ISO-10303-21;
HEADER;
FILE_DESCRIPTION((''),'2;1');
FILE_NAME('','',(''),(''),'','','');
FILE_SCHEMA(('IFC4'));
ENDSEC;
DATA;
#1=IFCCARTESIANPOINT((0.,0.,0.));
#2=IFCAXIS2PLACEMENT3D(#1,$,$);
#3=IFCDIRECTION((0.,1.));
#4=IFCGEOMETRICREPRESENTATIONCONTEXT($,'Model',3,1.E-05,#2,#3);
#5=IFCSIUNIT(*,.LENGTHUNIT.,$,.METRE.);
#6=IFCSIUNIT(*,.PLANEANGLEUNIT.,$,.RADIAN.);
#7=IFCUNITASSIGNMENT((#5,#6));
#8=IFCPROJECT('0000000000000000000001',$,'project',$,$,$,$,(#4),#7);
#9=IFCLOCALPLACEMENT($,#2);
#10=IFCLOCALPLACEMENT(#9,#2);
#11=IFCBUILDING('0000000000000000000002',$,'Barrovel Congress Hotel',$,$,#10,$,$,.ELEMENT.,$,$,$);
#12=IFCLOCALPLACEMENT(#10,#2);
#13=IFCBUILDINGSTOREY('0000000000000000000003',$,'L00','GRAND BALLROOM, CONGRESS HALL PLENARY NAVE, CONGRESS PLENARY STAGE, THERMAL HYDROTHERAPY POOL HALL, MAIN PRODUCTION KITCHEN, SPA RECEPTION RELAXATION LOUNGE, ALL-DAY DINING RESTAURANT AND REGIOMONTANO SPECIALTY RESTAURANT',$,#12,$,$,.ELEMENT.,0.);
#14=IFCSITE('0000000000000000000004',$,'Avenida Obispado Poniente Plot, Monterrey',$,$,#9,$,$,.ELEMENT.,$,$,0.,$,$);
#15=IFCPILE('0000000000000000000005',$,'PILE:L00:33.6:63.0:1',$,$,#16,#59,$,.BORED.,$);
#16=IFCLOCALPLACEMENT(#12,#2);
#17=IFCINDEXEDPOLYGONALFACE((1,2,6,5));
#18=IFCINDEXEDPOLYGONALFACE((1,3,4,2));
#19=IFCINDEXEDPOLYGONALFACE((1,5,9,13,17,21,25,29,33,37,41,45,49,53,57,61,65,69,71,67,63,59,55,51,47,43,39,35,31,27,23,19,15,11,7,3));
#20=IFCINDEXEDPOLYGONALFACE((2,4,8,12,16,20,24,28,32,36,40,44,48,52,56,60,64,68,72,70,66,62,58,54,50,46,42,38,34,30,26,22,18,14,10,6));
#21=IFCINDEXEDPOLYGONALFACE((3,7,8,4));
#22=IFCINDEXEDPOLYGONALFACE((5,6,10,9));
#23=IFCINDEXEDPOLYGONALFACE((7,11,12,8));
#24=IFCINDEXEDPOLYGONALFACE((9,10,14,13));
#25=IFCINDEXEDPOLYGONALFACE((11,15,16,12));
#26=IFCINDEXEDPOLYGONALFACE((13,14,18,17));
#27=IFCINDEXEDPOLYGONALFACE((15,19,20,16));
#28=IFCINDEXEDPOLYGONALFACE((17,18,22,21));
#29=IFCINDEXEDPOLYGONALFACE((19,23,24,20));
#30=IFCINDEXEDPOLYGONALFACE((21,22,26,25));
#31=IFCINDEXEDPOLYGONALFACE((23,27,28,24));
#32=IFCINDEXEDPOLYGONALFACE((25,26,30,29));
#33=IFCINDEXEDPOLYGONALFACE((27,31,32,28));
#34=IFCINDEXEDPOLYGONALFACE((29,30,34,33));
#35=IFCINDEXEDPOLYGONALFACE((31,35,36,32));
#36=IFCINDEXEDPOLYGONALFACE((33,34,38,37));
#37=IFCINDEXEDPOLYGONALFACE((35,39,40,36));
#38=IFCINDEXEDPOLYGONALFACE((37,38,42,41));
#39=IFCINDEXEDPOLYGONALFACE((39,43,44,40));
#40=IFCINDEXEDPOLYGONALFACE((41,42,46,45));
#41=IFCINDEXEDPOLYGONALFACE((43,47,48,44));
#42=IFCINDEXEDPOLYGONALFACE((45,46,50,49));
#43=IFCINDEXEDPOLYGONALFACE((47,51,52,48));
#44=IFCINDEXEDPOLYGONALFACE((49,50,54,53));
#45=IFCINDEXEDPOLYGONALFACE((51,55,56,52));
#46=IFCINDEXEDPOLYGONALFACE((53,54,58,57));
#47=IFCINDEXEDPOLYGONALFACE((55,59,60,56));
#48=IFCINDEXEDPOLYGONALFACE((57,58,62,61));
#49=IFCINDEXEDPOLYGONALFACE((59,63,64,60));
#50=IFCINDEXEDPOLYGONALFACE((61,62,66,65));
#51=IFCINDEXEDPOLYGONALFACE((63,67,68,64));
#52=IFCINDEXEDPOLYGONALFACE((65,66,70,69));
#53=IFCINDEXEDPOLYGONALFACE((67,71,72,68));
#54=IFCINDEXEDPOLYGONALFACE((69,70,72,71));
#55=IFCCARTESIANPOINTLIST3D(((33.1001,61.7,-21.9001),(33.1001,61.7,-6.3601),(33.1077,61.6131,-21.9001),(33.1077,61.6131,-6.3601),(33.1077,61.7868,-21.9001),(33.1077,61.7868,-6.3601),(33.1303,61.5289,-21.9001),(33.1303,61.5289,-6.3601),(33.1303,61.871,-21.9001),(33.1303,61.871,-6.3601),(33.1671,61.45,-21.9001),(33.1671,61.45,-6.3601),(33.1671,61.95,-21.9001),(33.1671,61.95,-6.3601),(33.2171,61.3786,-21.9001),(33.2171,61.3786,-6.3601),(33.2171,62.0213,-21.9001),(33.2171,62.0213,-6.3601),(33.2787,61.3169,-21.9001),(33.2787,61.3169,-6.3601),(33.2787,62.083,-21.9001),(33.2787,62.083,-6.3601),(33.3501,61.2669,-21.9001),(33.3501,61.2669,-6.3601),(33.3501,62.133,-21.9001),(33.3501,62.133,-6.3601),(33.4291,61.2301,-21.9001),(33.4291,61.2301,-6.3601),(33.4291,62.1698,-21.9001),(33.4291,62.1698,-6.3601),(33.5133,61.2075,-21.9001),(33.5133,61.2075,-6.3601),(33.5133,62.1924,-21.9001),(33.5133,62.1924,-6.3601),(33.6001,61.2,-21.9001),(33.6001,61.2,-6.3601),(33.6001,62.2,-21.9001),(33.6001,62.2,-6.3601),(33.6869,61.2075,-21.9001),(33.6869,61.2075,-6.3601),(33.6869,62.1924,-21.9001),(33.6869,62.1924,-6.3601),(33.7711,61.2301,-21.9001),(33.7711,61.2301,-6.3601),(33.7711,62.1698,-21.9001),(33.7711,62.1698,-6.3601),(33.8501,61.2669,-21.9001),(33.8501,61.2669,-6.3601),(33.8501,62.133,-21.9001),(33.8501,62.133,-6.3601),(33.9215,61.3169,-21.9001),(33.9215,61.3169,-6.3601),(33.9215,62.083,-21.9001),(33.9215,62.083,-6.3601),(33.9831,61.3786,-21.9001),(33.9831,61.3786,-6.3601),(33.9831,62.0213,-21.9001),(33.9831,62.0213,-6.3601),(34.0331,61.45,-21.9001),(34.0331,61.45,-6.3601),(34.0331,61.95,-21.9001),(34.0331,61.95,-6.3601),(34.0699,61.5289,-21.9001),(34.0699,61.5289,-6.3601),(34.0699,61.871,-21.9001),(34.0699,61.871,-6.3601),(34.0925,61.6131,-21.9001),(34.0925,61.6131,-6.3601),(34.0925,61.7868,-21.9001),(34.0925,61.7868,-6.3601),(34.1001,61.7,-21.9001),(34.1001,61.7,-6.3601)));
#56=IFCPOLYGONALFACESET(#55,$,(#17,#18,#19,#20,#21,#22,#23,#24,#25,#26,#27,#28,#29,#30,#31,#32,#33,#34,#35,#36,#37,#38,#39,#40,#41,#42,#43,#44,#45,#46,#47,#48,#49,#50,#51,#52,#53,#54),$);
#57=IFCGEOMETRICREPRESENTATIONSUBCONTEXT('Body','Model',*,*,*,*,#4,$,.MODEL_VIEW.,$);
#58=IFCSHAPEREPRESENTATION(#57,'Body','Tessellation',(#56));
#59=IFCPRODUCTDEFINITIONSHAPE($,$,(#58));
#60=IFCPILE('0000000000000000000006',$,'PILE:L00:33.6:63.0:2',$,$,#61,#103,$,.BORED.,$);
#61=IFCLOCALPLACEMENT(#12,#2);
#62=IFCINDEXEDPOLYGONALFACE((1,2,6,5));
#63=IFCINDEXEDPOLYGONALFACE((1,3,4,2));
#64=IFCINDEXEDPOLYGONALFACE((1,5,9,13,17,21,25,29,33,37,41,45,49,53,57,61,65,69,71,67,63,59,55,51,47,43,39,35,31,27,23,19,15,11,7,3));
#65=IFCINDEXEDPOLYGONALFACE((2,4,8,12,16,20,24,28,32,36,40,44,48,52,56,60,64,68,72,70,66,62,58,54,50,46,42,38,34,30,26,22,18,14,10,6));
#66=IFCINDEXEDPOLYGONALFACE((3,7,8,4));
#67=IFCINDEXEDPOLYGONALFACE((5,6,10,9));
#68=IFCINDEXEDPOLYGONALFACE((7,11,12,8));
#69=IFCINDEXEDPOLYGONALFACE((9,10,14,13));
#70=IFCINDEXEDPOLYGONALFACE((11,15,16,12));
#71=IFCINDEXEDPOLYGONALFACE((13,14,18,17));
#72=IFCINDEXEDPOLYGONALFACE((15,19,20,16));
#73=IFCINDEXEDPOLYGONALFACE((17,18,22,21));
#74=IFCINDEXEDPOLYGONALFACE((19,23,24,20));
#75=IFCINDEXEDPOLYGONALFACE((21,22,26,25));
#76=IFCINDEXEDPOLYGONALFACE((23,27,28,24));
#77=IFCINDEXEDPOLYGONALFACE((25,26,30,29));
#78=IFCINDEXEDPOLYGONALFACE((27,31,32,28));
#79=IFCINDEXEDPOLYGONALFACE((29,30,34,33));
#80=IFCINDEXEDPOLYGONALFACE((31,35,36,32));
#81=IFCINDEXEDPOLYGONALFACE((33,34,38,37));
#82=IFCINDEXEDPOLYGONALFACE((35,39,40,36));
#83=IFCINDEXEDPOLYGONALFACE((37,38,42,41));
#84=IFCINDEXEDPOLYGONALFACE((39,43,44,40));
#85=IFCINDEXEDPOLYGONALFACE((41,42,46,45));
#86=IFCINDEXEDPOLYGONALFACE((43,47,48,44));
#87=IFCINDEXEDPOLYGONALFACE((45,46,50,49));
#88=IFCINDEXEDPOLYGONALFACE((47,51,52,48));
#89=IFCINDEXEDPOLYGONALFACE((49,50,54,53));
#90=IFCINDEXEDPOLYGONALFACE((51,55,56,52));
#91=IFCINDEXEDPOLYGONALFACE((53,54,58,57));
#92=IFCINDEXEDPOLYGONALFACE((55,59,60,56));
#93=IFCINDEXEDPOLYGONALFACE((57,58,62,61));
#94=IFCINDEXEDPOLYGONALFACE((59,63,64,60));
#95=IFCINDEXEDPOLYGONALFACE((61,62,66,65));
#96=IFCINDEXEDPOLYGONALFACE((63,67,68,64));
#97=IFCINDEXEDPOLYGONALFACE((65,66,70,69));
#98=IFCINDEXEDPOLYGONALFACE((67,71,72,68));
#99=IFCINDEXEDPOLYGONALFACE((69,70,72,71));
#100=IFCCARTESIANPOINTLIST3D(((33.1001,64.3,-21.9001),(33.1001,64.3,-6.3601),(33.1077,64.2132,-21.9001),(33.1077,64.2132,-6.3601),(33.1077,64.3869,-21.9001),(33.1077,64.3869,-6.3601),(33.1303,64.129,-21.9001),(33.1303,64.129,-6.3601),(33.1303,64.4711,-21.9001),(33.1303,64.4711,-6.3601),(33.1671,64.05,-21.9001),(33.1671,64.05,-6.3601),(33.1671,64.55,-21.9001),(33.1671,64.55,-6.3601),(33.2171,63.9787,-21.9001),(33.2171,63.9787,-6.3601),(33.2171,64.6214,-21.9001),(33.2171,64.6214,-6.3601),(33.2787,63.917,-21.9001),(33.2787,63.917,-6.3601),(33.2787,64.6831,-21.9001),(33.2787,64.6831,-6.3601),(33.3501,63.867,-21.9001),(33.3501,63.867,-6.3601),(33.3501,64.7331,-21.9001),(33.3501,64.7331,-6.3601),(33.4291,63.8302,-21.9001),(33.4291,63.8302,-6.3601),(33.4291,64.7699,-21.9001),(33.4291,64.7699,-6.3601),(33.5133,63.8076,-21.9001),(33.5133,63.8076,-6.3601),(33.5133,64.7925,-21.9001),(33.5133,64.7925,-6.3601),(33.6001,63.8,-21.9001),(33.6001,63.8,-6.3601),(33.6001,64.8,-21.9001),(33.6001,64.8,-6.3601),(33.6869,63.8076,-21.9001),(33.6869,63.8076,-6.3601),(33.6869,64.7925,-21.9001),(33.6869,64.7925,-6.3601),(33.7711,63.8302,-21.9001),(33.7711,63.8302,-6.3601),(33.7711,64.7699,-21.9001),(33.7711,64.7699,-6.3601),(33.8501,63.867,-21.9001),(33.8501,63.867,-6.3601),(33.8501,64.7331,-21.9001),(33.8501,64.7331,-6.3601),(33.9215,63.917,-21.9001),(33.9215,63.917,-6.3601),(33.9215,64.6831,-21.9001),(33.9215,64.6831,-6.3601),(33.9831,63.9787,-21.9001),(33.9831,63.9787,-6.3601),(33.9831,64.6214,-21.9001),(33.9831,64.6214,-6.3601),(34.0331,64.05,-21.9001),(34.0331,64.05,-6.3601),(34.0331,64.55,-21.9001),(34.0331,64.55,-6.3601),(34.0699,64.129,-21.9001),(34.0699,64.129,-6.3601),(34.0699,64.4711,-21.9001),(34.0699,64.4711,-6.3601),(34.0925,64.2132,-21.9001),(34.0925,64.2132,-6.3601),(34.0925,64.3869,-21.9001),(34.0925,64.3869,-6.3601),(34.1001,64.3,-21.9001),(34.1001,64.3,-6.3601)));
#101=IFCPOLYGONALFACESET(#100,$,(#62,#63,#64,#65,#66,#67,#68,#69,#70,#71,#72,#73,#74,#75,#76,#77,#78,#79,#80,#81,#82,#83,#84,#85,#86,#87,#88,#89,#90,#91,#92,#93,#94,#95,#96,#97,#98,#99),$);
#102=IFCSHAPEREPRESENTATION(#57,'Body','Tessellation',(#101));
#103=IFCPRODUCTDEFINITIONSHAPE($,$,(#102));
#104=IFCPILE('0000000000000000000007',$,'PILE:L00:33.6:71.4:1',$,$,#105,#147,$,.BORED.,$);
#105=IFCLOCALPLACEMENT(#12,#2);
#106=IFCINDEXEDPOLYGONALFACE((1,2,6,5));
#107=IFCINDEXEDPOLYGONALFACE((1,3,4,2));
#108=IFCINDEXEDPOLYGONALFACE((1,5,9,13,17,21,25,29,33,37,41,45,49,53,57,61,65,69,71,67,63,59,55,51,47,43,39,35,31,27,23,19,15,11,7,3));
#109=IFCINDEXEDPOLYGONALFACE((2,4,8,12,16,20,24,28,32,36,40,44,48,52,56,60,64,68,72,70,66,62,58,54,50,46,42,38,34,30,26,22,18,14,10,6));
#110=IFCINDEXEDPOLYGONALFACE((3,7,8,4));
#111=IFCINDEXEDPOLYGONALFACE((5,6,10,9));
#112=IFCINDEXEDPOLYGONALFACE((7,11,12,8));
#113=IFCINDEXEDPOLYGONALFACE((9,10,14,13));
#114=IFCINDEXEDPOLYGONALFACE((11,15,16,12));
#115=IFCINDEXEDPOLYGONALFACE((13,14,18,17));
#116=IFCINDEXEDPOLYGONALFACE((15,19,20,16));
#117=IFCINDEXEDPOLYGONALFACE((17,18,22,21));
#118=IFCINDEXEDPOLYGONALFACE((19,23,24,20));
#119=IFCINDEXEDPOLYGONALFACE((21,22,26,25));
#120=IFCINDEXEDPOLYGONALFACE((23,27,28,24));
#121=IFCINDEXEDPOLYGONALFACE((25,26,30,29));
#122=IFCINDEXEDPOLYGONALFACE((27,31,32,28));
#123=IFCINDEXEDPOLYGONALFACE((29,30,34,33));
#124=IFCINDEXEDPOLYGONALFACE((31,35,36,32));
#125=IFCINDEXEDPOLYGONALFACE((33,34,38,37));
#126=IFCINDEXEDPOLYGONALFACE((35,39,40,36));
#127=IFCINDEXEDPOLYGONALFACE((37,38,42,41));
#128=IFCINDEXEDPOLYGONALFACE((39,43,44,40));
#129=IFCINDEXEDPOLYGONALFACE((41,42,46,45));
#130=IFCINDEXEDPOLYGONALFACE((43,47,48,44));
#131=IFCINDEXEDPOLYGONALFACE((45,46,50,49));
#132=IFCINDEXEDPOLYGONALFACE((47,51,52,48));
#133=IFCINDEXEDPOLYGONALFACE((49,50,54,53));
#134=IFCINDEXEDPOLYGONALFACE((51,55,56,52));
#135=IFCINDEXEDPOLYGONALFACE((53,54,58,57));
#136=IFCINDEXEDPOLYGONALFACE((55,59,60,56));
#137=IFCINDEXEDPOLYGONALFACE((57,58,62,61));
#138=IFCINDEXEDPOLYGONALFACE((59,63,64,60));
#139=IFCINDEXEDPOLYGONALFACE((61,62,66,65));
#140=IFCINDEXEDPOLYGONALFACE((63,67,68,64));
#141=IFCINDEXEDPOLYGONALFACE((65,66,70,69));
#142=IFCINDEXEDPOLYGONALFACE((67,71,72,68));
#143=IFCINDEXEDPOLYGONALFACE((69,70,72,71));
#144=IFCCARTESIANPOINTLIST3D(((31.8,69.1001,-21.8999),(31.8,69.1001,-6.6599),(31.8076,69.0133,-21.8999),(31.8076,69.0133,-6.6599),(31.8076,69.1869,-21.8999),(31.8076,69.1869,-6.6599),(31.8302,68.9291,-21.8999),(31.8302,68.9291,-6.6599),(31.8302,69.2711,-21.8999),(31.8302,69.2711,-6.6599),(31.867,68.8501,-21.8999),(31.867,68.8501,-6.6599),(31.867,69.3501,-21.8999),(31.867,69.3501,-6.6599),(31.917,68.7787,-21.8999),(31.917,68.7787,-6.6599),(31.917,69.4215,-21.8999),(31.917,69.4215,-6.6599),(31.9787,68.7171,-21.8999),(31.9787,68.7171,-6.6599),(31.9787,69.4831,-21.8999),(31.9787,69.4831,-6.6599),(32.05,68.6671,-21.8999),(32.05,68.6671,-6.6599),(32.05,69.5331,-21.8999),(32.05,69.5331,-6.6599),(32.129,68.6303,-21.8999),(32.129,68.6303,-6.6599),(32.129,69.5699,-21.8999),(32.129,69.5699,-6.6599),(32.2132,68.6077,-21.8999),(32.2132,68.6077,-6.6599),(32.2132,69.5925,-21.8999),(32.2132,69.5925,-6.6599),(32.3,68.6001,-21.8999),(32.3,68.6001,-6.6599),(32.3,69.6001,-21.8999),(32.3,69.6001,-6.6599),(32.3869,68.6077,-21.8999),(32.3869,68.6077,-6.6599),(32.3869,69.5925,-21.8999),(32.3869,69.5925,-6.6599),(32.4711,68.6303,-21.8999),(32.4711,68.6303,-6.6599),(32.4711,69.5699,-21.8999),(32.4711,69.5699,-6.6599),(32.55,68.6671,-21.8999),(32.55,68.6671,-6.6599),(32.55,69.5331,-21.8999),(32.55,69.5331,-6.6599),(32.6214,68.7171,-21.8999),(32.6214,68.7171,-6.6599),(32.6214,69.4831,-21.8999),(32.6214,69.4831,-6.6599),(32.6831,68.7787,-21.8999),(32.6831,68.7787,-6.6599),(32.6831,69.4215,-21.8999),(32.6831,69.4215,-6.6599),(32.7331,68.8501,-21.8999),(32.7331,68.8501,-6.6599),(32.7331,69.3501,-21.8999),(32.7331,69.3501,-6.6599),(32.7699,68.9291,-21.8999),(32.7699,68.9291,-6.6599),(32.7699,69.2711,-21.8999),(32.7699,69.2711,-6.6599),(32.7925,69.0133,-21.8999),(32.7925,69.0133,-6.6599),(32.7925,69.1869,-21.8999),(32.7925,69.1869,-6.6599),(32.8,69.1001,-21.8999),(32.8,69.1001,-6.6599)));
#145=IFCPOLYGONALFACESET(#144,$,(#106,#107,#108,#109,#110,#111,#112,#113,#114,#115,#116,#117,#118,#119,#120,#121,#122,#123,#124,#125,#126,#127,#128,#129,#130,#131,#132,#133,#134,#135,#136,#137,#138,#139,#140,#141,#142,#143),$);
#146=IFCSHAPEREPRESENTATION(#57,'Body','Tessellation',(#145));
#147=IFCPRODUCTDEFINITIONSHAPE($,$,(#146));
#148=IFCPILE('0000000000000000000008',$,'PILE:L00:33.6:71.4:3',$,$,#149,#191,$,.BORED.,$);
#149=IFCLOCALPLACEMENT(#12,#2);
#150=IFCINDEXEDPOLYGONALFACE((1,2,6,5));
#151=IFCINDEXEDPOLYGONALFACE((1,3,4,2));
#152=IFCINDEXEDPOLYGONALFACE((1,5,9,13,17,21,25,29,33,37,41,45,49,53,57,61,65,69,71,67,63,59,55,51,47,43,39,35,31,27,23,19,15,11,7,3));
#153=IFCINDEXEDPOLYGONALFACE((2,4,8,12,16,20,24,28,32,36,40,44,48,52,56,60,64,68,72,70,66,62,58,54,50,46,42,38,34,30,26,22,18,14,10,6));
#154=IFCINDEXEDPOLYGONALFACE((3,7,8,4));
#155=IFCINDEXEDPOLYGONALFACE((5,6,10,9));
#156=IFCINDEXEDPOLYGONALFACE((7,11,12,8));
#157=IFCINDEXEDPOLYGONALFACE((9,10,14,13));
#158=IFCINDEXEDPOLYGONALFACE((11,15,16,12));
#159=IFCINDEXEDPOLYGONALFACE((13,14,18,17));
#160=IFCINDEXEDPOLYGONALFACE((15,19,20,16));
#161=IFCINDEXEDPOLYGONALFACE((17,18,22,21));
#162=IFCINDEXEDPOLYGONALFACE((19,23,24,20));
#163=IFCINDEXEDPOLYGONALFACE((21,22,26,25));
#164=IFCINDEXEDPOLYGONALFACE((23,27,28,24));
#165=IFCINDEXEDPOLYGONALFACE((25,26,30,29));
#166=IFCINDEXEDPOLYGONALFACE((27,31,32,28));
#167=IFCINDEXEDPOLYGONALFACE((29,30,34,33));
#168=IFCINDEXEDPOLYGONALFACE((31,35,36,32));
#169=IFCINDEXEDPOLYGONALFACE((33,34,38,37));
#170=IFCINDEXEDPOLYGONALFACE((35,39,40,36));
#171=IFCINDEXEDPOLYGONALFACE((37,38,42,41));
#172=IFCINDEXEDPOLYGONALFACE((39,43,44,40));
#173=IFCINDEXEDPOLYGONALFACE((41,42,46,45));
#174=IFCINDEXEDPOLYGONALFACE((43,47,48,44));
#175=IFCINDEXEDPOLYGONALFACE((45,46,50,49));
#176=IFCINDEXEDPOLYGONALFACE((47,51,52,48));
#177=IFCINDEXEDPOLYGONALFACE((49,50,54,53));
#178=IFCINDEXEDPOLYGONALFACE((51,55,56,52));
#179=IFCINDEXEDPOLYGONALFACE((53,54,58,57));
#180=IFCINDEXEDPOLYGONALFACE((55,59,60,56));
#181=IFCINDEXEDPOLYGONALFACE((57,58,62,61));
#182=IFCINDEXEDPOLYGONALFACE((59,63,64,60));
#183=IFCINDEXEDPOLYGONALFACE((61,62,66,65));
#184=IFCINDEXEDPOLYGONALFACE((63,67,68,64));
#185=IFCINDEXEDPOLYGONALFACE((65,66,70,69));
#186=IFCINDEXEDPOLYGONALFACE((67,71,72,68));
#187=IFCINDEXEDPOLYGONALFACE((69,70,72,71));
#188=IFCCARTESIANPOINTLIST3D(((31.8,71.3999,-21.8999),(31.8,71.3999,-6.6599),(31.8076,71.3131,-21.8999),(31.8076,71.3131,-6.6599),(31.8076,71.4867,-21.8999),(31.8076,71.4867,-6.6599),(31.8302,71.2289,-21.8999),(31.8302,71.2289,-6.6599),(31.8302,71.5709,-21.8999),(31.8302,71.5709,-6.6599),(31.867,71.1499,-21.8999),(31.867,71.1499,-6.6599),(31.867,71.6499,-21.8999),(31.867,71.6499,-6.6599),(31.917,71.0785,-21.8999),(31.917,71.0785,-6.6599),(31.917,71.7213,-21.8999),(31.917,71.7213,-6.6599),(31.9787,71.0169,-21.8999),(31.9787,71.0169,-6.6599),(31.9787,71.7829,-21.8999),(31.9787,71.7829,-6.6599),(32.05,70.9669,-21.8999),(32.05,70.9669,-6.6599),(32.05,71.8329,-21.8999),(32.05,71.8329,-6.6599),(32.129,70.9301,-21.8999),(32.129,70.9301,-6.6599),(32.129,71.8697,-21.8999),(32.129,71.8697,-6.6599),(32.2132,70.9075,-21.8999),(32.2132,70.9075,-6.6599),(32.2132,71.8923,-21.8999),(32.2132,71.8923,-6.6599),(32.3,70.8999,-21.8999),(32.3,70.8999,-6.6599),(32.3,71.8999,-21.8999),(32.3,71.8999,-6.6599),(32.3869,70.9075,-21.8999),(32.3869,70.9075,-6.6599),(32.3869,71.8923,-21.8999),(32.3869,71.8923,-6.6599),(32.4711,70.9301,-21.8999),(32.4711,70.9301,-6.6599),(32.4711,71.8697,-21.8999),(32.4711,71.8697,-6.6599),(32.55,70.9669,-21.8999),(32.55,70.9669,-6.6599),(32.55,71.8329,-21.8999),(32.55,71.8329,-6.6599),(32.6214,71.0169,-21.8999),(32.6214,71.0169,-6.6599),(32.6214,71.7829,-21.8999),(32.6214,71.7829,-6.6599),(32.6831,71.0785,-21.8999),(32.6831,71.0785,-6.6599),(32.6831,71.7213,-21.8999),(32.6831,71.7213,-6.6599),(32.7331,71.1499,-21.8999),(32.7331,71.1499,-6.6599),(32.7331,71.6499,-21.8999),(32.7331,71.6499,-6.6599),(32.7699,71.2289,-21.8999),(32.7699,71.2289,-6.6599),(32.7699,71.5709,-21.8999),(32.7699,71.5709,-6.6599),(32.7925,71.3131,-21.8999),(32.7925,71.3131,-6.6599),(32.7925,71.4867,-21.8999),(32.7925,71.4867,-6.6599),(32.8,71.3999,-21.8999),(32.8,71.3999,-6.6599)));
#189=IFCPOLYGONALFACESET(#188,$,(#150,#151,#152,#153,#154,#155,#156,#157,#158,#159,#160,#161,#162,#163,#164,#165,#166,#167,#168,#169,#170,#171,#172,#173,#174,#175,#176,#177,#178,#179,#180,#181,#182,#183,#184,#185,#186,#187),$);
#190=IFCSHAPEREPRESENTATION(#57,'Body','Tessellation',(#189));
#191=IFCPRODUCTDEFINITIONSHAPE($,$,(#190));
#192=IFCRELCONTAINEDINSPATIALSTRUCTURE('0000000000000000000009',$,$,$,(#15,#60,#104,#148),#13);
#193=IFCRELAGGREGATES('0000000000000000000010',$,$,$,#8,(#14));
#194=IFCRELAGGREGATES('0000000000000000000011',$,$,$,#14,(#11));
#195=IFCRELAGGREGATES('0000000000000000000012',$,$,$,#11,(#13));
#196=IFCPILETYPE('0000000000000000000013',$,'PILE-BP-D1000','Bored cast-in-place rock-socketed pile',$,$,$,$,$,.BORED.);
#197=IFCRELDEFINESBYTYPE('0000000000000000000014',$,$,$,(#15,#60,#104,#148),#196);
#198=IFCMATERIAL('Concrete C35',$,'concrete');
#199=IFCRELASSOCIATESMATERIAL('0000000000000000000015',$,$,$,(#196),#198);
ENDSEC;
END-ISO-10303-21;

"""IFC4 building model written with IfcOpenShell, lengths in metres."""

from ifc_helpers import new_model, si_unit, direction, frame, origin, origin_2d, place, context, subcontext, project, spatial, circle, extrude, material, material_profile, profile_set, type_object, element, save


model = new_model("IFC4")

# Units and contexts
model_context = context("Model", 3, precision=1e-05, world=origin(), true_north=direction((0.0, 1.0)))
body_context = subcontext(model_context, "Body", "Model", "MODEL_VIEW")
ifc_project = project(units=[si_unit("LENGTHUNIT", "METRE"), si_unit("PLANEANGLEUNIT", "RADIAN")], contexts=[model_context])

# Site, building, storey
site_placement = place(None, origin())
site = spatial("IfcSite", under=ifc_project, at=site_placement, Name="Avenida Obispado Poniente Plot, Monterrey", CompositionType="ELEMENT", RefElevation=0.0)
building_placement = place(site_placement, origin())
building = spatial("IfcBuilding", under=site, at=building_placement, Name="Barrovel Congress Hotel", CompositionType="ELEMENT")
storey_placement = place(building_placement, origin())
storey = spatial("IfcBuildingStorey", under=building, at=storey_placement, Name="L00", Description="GRAND BALLROOM, CONGRESS HALL PLENARY NAVE, CONGRESS PLENARY STAGE, THERMAL HYDROTHERAPY POOL HALL, MAIN PRODUCTION KITCHEN, SPA RECEPTION RELAXATION LOUNGE, ALL-DAY DINING RESTAURANT AND REGIOMONTANO SPECIALTY RESTAURANT", CompositionType="ELEMENT", Elevation=0.0)

# Piles
ifc_material_1 = material(Name="Concrete C35", Category="concrete")
ifc_material_profile_1 = material_profile(ifc_material_1, circle(Radius=0.5, at=origin_2d()), Name="BP-D1000")
ifc_profile_set_1 = profile_set([ifc_material_profile_1], Name="Concrete C35")
pile_type = type_object("IfcPileType", Name="PILE-BP-D1000", Description="Bored cast-in-place rock-socketed pile", PredefinedType="BORED", material=ifc_profile_set_1)
for number, where, z_axis, x_axis, name in (
    (1, (33.6001, 61.7, -6.3601), (0.0, 0.0, -1.0), (1.0, 0.0, 0.0), "PILE:L00:33.6:63.0:1"),
    (2, (33.6001, 64.3, -6.3601), (0.0, 0.0, -1.0), (1.0, 0.0, 0.0), "PILE:L00:33.6:63.0:2"),
):
    element("IfcPile", number, at=place(storey_placement, frame(where, z_axis=z_axis, x_axis=x_axis)), inside=storey, type_object=pile_type, Name=name, PredefinedType="BORED", context=body_context, shape_type="SweptSolid", body=[
        extrude(circle(Radius=0.5, at=origin_2d()), origin(), (0.0, 0.0, 1.0), 15.54),
    ])
for number, where, z_axis, x_axis, name in (
    (3, (32.3, 69.1001, -6.6599), (0.0, 0.0, -1.0), (1.0, 0.0, 0.0), "PILE:L00:33.6:71.4:1"),
    (4, (32.3, 71.3999, -6.6599), (0.0, 0.0, -1.0), (1.0, 0.0, 0.0), "PILE:L00:33.6:71.4:3"),
):
    element("IfcPile", number, at=place(storey_placement, frame(where, z_axis=z_axis, x_axis=x_axis)), inside=storey, type_object=pile_type, Name=name, PredefinedType="BORED", context=body_context, shape_type="SweptSolid", body=[
        extrude(circle(Radius=0.5, at=origin_2d()), origin(), (0.0, 0.0, 1.0), 15.24),
    ])

save(model, "model.ifc")
